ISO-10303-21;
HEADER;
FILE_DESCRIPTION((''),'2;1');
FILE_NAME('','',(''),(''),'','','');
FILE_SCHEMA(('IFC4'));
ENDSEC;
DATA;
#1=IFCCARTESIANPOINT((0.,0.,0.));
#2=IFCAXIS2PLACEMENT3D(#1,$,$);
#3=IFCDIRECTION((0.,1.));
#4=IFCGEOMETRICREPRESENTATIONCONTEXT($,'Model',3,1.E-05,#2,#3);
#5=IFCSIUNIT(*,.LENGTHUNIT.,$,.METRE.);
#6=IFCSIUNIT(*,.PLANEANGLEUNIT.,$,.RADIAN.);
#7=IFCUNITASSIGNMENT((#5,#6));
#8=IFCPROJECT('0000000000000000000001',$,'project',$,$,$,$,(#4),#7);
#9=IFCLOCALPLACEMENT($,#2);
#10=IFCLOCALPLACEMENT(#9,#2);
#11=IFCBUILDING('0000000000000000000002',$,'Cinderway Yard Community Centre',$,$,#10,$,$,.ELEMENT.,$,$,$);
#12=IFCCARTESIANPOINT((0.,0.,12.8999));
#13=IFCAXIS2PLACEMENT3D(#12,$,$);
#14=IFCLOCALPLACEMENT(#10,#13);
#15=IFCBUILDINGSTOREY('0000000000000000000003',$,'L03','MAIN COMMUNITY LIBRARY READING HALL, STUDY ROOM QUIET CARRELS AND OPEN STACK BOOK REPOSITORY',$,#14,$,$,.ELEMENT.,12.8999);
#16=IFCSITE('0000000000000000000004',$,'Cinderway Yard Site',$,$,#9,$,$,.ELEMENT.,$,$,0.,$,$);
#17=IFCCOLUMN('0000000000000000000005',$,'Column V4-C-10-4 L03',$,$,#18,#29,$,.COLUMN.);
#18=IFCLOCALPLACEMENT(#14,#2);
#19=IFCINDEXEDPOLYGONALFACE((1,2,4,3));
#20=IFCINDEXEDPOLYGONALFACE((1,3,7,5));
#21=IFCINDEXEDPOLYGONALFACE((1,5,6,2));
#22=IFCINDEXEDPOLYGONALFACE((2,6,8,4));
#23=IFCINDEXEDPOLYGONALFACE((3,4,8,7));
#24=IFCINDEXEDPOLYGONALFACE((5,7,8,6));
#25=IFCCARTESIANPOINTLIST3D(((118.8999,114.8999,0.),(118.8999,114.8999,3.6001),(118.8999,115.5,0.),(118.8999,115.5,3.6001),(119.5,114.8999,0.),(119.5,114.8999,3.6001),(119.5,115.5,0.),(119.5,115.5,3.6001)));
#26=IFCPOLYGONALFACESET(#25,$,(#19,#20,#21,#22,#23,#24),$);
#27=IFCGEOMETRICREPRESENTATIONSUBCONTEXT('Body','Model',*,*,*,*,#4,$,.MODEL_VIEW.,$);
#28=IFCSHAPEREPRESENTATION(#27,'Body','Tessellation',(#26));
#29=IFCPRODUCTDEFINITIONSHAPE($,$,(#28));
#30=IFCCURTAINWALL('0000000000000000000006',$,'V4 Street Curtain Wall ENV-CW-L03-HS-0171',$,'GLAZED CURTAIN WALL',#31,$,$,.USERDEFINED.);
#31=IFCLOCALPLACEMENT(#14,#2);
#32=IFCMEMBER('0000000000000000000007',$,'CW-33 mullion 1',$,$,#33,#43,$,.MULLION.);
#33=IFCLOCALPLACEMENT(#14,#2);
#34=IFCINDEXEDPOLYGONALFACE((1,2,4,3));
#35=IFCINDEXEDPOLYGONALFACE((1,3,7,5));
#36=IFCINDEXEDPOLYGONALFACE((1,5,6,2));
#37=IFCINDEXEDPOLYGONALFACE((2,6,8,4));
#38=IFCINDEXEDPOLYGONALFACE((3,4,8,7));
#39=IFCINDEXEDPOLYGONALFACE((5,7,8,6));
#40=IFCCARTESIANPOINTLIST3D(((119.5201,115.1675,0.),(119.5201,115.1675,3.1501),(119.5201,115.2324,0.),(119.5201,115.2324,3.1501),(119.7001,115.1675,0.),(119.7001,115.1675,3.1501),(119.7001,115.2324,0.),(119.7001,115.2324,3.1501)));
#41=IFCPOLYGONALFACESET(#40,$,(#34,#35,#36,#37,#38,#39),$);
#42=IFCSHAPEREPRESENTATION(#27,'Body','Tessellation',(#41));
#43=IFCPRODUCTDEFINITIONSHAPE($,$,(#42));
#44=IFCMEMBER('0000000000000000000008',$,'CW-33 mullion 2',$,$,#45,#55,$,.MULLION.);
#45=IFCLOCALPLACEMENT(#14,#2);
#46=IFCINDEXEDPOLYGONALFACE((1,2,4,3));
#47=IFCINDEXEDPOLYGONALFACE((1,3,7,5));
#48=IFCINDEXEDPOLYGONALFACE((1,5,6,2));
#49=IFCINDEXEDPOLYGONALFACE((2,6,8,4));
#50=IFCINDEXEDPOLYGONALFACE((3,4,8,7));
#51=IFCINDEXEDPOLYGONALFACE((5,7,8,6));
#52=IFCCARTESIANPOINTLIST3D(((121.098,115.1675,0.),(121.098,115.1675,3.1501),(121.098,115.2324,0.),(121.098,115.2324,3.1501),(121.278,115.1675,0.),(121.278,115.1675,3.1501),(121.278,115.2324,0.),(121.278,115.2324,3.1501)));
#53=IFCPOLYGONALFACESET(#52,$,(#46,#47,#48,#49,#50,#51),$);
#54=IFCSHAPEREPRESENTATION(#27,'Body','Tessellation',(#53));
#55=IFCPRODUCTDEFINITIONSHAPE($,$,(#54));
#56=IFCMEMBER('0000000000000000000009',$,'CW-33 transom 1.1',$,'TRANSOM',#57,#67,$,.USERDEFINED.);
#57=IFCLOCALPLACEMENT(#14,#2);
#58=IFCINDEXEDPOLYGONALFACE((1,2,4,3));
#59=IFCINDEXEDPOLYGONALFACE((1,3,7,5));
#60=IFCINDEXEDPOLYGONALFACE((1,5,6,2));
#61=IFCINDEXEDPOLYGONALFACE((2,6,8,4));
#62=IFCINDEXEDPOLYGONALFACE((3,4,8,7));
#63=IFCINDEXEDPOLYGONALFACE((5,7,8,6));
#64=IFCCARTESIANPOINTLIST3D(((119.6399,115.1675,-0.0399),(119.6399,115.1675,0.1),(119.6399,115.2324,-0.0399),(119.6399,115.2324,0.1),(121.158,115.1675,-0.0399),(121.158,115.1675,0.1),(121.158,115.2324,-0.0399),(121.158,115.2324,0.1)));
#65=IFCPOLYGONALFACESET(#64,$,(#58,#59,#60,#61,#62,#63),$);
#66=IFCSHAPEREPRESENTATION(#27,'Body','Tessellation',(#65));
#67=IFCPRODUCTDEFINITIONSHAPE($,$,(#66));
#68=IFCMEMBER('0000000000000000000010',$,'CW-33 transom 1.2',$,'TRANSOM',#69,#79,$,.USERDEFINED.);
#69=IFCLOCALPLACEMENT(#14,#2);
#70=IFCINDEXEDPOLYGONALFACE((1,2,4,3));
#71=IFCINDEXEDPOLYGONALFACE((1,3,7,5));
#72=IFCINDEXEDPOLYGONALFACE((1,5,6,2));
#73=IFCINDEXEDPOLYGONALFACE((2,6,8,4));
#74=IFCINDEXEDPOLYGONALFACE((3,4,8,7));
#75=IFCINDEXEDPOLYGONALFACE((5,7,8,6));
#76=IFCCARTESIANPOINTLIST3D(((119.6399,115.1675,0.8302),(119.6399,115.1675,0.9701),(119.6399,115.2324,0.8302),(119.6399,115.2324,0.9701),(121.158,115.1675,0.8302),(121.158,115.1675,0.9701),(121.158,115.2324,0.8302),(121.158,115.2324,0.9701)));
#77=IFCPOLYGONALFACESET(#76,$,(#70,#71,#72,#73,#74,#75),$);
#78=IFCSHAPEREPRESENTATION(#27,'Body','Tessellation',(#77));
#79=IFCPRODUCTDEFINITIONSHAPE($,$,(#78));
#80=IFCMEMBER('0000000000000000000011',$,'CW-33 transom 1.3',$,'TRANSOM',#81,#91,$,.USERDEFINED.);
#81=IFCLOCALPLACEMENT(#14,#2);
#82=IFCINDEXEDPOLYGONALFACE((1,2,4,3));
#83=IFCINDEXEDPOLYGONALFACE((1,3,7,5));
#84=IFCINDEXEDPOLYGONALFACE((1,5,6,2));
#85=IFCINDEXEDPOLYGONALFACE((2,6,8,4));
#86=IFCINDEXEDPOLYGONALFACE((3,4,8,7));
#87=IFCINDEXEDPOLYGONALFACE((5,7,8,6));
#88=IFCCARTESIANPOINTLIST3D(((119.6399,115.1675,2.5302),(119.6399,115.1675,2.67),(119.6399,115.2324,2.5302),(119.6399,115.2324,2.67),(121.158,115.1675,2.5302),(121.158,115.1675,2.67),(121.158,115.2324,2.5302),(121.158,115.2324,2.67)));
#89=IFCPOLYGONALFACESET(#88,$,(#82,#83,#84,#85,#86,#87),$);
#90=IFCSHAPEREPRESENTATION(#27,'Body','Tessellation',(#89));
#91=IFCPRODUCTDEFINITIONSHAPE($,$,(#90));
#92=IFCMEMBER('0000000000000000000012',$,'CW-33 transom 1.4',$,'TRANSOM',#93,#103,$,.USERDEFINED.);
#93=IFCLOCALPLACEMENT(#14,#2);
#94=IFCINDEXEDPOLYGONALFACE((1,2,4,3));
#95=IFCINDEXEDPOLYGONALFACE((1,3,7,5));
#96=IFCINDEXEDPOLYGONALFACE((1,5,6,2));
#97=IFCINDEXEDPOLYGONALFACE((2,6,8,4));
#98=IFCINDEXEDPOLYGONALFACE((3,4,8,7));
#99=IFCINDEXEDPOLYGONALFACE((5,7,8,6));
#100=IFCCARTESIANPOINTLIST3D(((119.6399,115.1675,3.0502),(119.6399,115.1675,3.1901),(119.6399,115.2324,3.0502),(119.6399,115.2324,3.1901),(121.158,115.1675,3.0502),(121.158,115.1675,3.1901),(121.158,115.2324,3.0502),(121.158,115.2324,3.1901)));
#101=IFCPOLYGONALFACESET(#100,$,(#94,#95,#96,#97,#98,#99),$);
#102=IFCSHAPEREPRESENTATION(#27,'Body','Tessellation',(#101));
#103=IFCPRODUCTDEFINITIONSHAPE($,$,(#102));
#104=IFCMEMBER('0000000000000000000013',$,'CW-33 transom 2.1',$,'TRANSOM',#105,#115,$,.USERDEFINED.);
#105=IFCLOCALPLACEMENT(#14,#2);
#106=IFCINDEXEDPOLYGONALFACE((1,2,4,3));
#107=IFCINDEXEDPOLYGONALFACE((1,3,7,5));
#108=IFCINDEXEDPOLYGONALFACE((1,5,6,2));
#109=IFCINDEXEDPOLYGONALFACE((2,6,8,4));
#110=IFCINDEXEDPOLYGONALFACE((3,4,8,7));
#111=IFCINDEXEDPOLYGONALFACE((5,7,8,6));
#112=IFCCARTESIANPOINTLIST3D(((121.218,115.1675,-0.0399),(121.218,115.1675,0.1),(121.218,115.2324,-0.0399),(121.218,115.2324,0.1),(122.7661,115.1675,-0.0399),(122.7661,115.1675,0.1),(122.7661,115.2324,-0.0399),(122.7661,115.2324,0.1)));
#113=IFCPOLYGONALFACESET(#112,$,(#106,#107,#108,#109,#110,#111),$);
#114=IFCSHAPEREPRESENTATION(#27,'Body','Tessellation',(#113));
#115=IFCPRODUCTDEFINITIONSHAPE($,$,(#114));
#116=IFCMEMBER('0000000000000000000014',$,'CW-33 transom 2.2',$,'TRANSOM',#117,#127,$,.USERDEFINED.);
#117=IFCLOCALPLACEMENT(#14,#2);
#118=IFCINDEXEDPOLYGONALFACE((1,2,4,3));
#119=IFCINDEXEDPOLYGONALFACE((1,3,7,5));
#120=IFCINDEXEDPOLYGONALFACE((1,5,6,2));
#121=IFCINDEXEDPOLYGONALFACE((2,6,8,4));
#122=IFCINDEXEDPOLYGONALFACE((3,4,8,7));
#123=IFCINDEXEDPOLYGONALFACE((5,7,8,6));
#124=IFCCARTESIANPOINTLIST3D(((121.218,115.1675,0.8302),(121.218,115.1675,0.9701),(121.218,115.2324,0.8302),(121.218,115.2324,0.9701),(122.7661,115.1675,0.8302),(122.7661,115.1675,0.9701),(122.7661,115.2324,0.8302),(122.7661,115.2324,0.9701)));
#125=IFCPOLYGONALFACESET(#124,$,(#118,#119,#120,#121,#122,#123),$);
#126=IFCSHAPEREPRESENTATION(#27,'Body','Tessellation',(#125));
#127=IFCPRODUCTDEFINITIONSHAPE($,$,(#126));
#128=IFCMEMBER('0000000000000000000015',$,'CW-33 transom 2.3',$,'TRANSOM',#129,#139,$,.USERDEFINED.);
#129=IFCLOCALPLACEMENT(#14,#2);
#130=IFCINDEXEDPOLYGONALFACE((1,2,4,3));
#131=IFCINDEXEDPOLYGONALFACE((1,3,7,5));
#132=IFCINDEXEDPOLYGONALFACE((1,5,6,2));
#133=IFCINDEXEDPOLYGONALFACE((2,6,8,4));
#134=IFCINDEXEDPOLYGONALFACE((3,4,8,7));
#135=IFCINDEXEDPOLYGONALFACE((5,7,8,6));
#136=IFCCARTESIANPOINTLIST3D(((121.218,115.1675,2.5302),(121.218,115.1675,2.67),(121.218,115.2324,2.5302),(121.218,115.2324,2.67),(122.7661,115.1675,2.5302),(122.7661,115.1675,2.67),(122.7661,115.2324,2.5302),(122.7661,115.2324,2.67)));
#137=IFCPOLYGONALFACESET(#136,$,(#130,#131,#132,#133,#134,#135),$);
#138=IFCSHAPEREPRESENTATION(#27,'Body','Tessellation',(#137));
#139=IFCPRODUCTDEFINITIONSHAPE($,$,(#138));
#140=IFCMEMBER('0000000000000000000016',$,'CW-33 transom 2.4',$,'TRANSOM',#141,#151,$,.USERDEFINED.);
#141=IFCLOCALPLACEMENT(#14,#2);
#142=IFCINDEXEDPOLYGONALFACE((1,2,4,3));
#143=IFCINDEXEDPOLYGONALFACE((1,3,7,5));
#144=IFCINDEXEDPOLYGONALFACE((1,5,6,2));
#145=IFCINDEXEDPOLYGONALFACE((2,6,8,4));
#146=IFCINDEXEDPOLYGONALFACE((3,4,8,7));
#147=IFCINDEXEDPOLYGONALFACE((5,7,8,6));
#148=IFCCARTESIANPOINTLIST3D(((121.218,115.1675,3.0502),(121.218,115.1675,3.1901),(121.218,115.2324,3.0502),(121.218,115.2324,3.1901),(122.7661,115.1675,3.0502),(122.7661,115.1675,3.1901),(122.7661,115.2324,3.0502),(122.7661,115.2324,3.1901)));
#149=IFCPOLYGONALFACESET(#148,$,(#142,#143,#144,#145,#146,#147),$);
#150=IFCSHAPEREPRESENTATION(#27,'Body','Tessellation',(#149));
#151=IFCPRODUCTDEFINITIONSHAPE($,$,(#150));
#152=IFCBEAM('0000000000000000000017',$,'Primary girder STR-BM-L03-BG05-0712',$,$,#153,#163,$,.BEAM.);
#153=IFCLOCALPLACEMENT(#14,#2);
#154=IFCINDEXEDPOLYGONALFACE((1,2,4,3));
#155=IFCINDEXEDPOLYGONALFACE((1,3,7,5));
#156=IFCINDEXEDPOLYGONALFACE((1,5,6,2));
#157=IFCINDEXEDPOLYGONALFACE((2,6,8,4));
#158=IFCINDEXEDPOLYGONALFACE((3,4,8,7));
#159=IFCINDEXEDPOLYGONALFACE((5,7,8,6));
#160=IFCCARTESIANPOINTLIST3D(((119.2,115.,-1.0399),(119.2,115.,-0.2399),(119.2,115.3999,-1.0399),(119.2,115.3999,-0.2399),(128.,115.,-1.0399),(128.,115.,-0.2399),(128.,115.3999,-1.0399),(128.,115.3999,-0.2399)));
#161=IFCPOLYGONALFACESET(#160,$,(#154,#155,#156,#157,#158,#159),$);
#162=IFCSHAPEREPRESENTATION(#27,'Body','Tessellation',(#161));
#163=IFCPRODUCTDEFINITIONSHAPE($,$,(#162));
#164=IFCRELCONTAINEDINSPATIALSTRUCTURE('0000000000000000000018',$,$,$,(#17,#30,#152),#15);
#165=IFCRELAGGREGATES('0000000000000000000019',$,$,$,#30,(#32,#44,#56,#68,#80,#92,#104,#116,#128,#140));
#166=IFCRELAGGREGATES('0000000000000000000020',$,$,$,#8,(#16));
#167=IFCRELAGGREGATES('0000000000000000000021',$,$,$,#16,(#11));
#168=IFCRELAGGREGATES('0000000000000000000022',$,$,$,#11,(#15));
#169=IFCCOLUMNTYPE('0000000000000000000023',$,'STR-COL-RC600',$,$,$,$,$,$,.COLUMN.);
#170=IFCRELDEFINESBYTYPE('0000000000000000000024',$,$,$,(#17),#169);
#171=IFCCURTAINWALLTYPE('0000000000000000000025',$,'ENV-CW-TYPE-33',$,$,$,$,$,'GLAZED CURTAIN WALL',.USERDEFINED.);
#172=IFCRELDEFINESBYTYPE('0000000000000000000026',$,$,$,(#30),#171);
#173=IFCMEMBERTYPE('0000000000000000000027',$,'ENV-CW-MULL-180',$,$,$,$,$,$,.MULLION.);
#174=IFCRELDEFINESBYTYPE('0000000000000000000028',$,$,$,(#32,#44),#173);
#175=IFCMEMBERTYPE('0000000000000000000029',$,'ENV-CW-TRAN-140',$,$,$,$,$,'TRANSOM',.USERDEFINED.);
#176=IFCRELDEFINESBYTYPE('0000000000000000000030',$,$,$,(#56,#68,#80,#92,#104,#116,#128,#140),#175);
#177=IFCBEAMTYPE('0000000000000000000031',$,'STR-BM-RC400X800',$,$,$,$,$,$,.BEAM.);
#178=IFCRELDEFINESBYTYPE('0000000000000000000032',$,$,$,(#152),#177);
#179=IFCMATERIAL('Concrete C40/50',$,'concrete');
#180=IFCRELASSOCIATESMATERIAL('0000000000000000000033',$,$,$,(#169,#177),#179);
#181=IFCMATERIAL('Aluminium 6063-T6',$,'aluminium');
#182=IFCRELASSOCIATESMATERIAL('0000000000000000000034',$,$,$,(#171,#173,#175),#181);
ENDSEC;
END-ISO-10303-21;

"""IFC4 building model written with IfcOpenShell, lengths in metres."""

from ifc_helpers import new_model, si_unit, direction, frame, origin, origin_2d, place, context, subcontext, project, spatial, rectangle, extrude, material, material_profile, profile_set, type_object, element, aggregate, save


model = new_model("IFC4")

# Units and contexts
model_context = context("Model", 3, precision=1e-05, world=origin(), true_north=direction((0.0, 1.0)))
body_context = subcontext(model_context, "Body", "Model", "MODEL_VIEW")
ifc_project = project(units=[si_unit("LENGTHUNIT", "METRE"), si_unit("PLANEANGLEUNIT", "RADIAN")], contexts=[model_context])

# Site, building, storey
site_placement = place(None, origin())
site = spatial("IfcSite", under=ifc_project, at=site_placement, Name="Cinderway Yard Site", CompositionType="ELEMENT", RefElevation=0.0)
building_placement = place(site_placement, origin())
building = spatial("IfcBuilding", under=site, at=building_placement, Name="Cinderway Yard Community Centre", CompositionType="ELEMENT")
storey_placement = place(building_placement, frame((0.0, 0.0, 12.8999)))
storey = spatial("IfcBuildingStorey", under=building, at=storey_placement, Name="L03", Description="MAIN COMMUNITY LIBRARY READING HALL, STUDY ROOM QUIET CARRELS AND OPEN STACK BOOK REPOSITORY", CompositionType="ELEMENT", Elevation=12.8999)

# Column
ifc_material_1 = material(Name="Concrete C40/50", Category="concrete")
ifc_material_profile_1 = material_profile(ifc_material_1, rectangle(XDim=0.6001, YDim=0.6001, at=origin_2d()), Name="Concrete C40/50")
ifc_profile_set_1 = profile_set([ifc_material_profile_1], Name="Concrete C40/50")
column_type = type_object("IfcColumnType", Name="STR-COL-RC600", PredefinedType="COLUMN", material=ifc_profile_set_1)
column_placement = place(storey_placement, frame((119.2, 115.2, 0.0), z_axis=(0.0, 0.0, 1.0), x_axis=(1.0, 0.0, 0.0)))
element("IfcColumn", 1, at=column_placement, inside=storey, type_object=column_type, Name="Column V4-C-10-4 L03", PredefinedType="COLUMN", context=body_context, shape_type="SweptSolid", body=[
    extrude(rectangle(XDim=0.6001, YDim=0.6001, at=origin_2d()), origin(), (0.0, 0.0, 1.0), 3.6001),
])

# Curtain wall, members
ifc_material_2 = material(Name="Aluminium 6063-T6", Category="aluminium")
curtain_wall_type = type_object("IfcCurtainWallType", Name="ENV-CW-TYPE-33", ElementType="GLAZED CURTAIN WALL", PredefinedType="USERDEFINED", material=ifc_material_2)
curtain_wall_placement = place(storey_placement, origin())
curtain_wall = element("IfcCurtainWall", 2, at=curtain_wall_placement, inside=storey, type_object=curtain_wall_type, Name="V4 Street Curtain Wall ENV-CW-L03-HS-0171", ObjectType="GLAZED CURTAIN WALL", PredefinedType="USERDEFINED")
ifc_material_profile_2 = material_profile(ifc_material_2, rectangle(XDim=0.0649, YDim=0.1799, at=origin_2d()), Name="Aluminium 6063-T6")
ifc_profile_set_2 = profile_set([ifc_material_profile_2], Name="Aluminium 6063-T6")
member_type_1 = type_object("IfcMemberType", Name="ENV-CW-MULL-180", PredefinedType="MULLION", material=ifc_profile_set_2)
member_1_placement = place(storey_placement, frame((119.6101, 115.2, 0.0), z_axis=(0.0, 0.0, 1.0), x_axis=(0.0, 1.0, 0.0)))
member_1 = element("IfcMember", 3, at=member_1_placement, type_object=member_type_1, Name="CW-33 mullion 1", PredefinedType="MULLION", context=body_context, shape_type="SweptSolid", body=[
    extrude(rectangle(XDim=0.0649, YDim=0.1799, at=origin_2d()), origin(), (0.0, 0.0, 1.0), 3.1501),
])
member_2_placement = place(storey_placement, frame((121.188, 115.2, 0.0), z_axis=(0.0, 0.0, 1.0), x_axis=(0.0, 1.0, 0.0)))
member_2 = element("IfcMember", 4, at=member_2_placement, type_object=member_type_1, Name="CW-33 mullion 2", PredefinedType="MULLION", context=body_context, shape_type="SweptSolid", body=[
    extrude(rectangle(XDim=0.0649, YDim=0.1799, at=origin_2d()), origin(), (0.0, 0.0, 1.0), 3.1501),
])
ifc_material_profile_3 = material_profile(ifc_material_2, rectangle(XDim=0.0649, YDim=0.1399, at=origin_2d()), Name="Aluminium 6063-T6")
ifc_profile_set_3 = profile_set([ifc_material_profile_3], Name="Aluminium 6063-T6")
member_type_2 = type_object("IfcMemberType", Name="ENV-CW-TRAN-140", ElementType="TRANSOM", PredefinedType="USERDEFINED", material=ifc_profile_set_3)
member_3_placement = place(storey_placement, frame((119.6399, 115.2, 0.03), z_axis=(1.0, 0.0, 0.0), x_axis=(0.0, 1.0, 0.0)))
member_3 = element("IfcMember", 5, at=member_3_placement, type_object=member_type_2, Name="CW-33 transom 1.1", ObjectType="TRANSOM", PredefinedType="USERDEFINED", context=body_context, shape_type="SweptSolid", body=[
    extrude(rectangle(XDim=0.0649, YDim=0.1399, at=origin_2d()), origin(), (0.0, 0.0, 1.0), 1.5181),
])
member_4_placement = place(storey_placement, frame((119.6399, 115.2, 0.9001), z_axis=(1.0, 0.0, 0.0), x_axis=(0.0, 1.0, 0.0)))
member_4 = element("IfcMember", 6, at=member_4_placement, type_object=member_type_2, Name="CW-33 transom 1.2", ObjectType="TRANSOM", PredefinedType="USERDEFINED", context=body_context, shape_type="SweptSolid", body=[
    extrude(rectangle(XDim=0.0649, YDim=0.1399, at=origin_2d()), origin(), (0.0, 0.0, 1.0), 1.5181),
])
member_5_placement = place(storey_placement, frame((119.6399, 115.2, 2.6001), z_axis=(1.0, 0.0, 0.0), x_axis=(0.0, 1.0, 0.0)))
member_5 = element("IfcMember", 7, at=member_5_placement, type_object=member_type_2, Name="CW-33 transom 1.3", ObjectType="TRANSOM", PredefinedType="USERDEFINED", context=body_context, shape_type="SweptSolid", body=[
    extrude(rectangle(XDim=0.0649, YDim=0.1399, at=origin_2d()), origin(), (0.0, 0.0, 1.0), 1.5181),
])
member_6_placement = place(storey_placement, frame((119.6399, 115.2, 3.1201), z_axis=(1.0, 0.0, 0.0), x_axis=(0.0, 1.0, 0.0)))
member_6 = element("IfcMember", 8, at=member_6_placement, type_object=member_type_2, Name="CW-33 transom 1.4", ObjectType="TRANSOM", PredefinedType="USERDEFINED", context=body_context, shape_type="SweptSolid", body=[
    extrude(rectangle(XDim=0.0649, YDim=0.1399, at=origin_2d()), origin(), (0.0, 0.0, 1.0), 1.5181),
])
member_7_placement = place(storey_placement, frame((121.218, 115.2, 0.03), z_axis=(1.0, 0.0, 0.0), x_axis=(0.0, 1.0, 0.0)))
member_7 = element("IfcMember", 9, at=member_7_placement, type_object=member_type_2, Name="CW-33 transom 2.1", ObjectType="TRANSOM", PredefinedType="USERDEFINED", context=body_context, shape_type="SweptSolid", body=[
    extrude(rectangle(XDim=0.0649, YDim=0.1399, at=origin_2d()), origin(), (0.0, 0.0, 1.0), 1.5481),
])
member_8_placement = place(storey_placement, frame((121.218, 115.2, 0.9001), z_axis=(1.0, 0.0, 0.0), x_axis=(0.0, 1.0, 0.0)))
member_8 = element("IfcMember", 10, at=member_8_placement, type_object=member_type_2, Name="CW-33 transom 2.2", ObjectType="TRANSOM", PredefinedType="USERDEFINED", context=body_context, shape_type="SweptSolid", body=[
    extrude(rectangle(XDim=0.0649, YDim=0.1399, at=origin_2d()), origin(), (0.0, 0.0, 1.0), 1.5481),
])
member_9_placement = place(storey_placement, frame((121.218, 115.2, 2.6001), z_axis=(1.0, 0.0, 0.0), x_axis=(0.0, 1.0, 0.0)))
member_9 = element("IfcMember", 11, at=member_9_placement, type_object=member_type_2, Name="CW-33 transom 2.3", ObjectType="TRANSOM", PredefinedType="USERDEFINED", context=body_context, shape_type="SweptSolid", body=[
    extrude(rectangle(XDim=0.0649, YDim=0.1399, at=origin_2d()), origin(), (0.0, 0.0, 1.0), 1.5481),
])
member_10_placement = place(storey_placement, frame((121.218, 115.2, 3.1201), z_axis=(1.0, 0.0, 0.0), x_axis=(0.0, 1.0, 0.0)))
member_10 = element("IfcMember", 12, at=member_10_placement, type_object=member_type_2, Name="CW-33 transom 2.4", ObjectType="TRANSOM", PredefinedType="USERDEFINED", context=body_context, shape_type="SweptSolid", body=[
    extrude(rectangle(XDim=0.0649, YDim=0.1399, at=origin_2d()), origin(), (0.0, 0.0, 1.0), 1.5481),
])

# Beam
ifc_material_profile_4 = material_profile(ifc_material_1, rectangle(XDim=0.3999, YDim=0.8, at=origin_2d()), Name="Concrete C40/50")
ifc_profile_set_4 = profile_set([ifc_material_profile_4], Name="Concrete C40/50")
beam_type = type_object("IfcBeamType", Name="STR-BM-RC400X800", PredefinedType="BEAM", material=ifc_profile_set_4)
beam_placement = place(storey_placement, frame((119.2, 115.2, -0.6399), z_axis=(1.0, 0.0, 0.0), x_axis=(0.0, 1.0, 0.0)))
element("IfcBeam", 13, at=beam_placement, inside=storey, type_object=beam_type, Name="Primary girder STR-BM-L03-BG05-0712", PredefinedType="BEAM", context=body_context, shape_type="SweptSolid", body=[
    extrude(rectangle(XDim=0.3999, YDim=0.8, at=origin_2d()), origin(), (0.0, 0.0, 1.0), 8.8),
])

aggregate(curtain_wall, [member_1, member_2, member_3, member_4, member_5, member_6, member_7, member_8, member_9, member_10])

save(model, "model.ifc")
